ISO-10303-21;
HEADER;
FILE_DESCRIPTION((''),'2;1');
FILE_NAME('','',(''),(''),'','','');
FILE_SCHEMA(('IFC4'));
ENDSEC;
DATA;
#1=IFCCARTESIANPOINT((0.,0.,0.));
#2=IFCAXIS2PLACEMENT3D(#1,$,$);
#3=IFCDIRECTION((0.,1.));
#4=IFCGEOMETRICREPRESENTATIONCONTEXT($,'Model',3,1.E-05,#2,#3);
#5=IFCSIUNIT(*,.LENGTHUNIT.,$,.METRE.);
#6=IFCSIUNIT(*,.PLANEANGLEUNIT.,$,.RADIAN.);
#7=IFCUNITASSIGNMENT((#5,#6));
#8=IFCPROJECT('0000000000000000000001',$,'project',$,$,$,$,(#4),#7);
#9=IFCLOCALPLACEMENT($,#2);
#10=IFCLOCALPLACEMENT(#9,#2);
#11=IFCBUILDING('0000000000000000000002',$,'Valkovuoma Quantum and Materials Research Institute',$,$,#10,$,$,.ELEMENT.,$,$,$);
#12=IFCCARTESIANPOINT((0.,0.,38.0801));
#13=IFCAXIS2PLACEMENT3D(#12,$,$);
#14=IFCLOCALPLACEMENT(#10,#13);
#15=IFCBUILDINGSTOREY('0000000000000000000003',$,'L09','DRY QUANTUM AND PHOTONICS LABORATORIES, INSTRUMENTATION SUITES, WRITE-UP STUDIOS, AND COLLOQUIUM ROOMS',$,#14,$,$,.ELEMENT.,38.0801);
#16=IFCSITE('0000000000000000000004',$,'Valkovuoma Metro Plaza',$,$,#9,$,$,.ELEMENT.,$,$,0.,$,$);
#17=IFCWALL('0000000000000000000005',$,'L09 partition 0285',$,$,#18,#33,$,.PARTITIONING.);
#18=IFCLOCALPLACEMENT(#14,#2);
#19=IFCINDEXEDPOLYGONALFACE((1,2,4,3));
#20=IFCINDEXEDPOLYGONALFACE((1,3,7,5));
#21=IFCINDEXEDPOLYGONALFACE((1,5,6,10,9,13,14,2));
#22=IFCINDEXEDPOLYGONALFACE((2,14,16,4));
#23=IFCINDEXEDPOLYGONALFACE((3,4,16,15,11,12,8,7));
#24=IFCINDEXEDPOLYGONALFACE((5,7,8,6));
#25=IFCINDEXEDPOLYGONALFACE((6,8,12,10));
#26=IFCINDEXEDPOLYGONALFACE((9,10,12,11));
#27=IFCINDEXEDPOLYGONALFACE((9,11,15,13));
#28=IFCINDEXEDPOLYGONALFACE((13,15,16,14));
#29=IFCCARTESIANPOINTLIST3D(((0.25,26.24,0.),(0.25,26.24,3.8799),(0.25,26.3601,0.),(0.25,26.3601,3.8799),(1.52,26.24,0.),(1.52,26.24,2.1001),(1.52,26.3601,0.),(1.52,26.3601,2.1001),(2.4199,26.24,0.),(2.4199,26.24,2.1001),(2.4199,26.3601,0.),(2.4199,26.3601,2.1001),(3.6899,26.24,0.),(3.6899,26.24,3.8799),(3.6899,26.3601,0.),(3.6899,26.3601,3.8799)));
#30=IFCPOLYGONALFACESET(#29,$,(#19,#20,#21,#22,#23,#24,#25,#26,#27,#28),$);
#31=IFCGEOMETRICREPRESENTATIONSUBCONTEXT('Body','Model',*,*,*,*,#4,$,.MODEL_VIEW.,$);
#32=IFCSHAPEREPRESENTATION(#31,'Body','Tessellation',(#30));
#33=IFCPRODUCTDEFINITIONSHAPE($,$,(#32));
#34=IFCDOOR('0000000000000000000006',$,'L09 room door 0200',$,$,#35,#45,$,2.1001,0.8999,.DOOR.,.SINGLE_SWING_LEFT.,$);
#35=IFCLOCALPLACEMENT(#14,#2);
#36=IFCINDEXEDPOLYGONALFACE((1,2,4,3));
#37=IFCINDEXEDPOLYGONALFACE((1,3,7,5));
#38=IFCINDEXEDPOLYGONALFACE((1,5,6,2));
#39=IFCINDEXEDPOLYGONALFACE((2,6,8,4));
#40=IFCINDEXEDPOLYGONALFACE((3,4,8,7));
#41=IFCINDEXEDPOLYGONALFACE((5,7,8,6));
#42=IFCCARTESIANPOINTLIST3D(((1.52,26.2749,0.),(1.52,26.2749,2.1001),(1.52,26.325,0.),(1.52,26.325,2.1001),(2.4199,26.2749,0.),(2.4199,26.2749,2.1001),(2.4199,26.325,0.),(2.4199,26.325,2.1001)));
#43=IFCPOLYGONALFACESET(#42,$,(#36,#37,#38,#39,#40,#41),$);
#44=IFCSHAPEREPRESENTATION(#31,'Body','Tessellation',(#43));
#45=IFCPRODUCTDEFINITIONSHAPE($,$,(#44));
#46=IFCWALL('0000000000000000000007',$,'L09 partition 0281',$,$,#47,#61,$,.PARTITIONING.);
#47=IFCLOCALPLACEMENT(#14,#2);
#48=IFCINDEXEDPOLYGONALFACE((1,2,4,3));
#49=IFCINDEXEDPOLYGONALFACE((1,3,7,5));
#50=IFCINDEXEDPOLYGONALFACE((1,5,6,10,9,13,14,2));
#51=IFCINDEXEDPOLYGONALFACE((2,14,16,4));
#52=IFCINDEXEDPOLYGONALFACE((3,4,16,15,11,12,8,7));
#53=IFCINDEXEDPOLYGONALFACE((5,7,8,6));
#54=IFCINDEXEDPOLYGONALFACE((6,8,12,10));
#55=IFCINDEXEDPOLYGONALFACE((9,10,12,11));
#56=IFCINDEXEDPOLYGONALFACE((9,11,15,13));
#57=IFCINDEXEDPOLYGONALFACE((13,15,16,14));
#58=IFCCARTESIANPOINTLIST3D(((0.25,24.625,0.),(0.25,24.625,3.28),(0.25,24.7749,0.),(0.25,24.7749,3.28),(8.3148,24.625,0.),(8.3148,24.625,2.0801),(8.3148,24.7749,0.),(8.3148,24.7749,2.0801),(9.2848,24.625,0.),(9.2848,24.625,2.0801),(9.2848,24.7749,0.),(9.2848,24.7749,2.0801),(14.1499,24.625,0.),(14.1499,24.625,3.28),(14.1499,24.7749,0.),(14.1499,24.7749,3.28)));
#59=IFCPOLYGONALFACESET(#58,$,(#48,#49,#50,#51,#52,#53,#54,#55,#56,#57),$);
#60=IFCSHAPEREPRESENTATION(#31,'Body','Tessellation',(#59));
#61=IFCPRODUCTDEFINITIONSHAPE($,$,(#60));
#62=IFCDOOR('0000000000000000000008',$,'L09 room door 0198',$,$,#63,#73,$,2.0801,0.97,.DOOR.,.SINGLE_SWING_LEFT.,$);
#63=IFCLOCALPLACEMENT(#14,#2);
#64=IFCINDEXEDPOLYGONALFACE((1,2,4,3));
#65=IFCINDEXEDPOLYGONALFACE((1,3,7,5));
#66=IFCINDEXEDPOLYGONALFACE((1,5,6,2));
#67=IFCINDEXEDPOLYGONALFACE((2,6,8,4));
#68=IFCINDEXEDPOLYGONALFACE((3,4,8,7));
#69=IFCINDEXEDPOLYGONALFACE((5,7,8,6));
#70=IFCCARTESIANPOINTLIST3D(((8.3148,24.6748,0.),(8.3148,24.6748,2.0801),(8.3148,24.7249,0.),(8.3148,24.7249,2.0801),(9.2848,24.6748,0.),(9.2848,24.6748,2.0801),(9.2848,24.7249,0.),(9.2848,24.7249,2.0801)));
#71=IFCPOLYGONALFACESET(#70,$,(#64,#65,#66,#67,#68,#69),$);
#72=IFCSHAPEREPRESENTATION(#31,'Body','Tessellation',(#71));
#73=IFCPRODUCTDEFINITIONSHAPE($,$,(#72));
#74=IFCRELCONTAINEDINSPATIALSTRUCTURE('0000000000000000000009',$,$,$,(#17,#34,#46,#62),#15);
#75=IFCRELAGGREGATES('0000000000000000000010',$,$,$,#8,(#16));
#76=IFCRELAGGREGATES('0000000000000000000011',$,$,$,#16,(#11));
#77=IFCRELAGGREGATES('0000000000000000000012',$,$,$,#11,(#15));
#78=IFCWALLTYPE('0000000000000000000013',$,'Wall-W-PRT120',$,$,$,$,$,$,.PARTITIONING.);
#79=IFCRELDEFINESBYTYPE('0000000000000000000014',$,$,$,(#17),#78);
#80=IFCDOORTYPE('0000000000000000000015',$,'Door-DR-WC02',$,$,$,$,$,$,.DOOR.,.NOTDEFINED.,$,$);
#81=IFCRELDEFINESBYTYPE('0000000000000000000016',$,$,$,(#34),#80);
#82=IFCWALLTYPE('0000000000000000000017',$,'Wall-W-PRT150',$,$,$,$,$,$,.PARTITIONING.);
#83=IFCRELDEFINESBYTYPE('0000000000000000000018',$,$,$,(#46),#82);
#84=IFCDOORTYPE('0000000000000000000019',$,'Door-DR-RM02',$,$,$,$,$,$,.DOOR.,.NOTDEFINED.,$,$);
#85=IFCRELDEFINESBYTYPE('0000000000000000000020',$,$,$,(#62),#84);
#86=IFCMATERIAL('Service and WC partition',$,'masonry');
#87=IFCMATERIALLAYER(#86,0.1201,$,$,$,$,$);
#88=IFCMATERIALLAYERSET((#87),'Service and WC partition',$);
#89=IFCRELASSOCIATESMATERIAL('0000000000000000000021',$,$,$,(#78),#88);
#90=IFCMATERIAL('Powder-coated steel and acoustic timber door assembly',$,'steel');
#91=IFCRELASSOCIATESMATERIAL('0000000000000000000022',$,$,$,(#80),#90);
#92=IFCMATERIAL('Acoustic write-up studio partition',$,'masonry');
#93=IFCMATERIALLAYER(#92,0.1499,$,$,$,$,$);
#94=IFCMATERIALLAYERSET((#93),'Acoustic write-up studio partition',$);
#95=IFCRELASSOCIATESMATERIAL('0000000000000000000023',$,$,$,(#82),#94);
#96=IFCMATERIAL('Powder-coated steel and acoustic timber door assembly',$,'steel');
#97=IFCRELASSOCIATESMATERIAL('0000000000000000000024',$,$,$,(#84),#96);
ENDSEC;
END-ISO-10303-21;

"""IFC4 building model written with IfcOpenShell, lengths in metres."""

from ifc_helpers import new_model, si_unit, direction, frame, frame_2d, origin, place, context, subcontext, project, spatial, rectangle, extrude, material, layer, layer_set, type_object, element, fill, save


model = new_model("IFC4")

# Units and contexts
model_context = context("Model", 3, precision=1e-05, world=origin(), true_north=direction((0.0, 1.0)))
body_context = subcontext(model_context, "Body", "Model", "MODEL_VIEW")
ifc_project = project(units=[si_unit("LENGTHUNIT", "METRE"), si_unit("PLANEANGLEUNIT", "RADIAN")], contexts=[model_context])

# Site, building, storey
site_placement = place(None, origin())
site = spatial("IfcSite", under=ifc_project, at=site_placement, Name="Valkovuoma Metro Plaza", CompositionType="ELEMENT", RefElevation=0.0)
building_placement = place(site_placement, origin())
building = spatial("IfcBuilding", under=site, at=building_placement, Name="Valkovuoma Quantum and Materials Research Institute", CompositionType="ELEMENT")
storey_placement = place(building_placement, frame((0.0, 0.0, 38.0801)))
storey = spatial("IfcBuildingStorey", under=building, at=storey_placement, Name="L09", Description="DRY QUANTUM AND PHOTONICS LABORATORIES, INSTRUMENTATION SUITES, WRITE-UP STUDIOS, AND COLLOQUIUM ROOMS", CompositionType="ELEMENT", Elevation=38.0801)

# Walls, openings, doors
ifc_material_1 = material(Name="Service and WC partition", Category="masonry")
ifc_layer_1 = layer(ifc_material_1, 0.1201)
ifc_layer_set_1 = layer_set([ifc_layer_1], Name="Service and WC partition")
wall_type_1 = type_object("IfcWallType", Name="Wall-W-PRT120", PredefinedType="PARTITIONING", material=ifc_layer_set_1)
wall_1_placement = place(storey_placement, frame((0.25, 26.3, 0.0), z_axis=(0.0, 0.0, 1.0), x_axis=(1.0, 0.0, 0.0)))
wall_1 = element("IfcWall", 1, at=wall_1_placement, inside=storey, type_object=wall_type_1, Name="L09 partition 0285", PredefinedType="PARTITIONING", context=body_context, shape_type="SweptSolid", body=[
    extrude(rectangle(XDim=3.4399, YDim=0.1201, at=frame_2d((1.72, 0.0))), origin(), (0.0, 0.0, 1.0), 3.8799),
])
opening_1_placement = place(wall_1_placement, frame((1.27, 0.0, 0.0)))
opening_1 = element("IfcOpeningElement", 2, at=opening_1_placement, cuts=wall_1, PredefinedType="OPENING", context=body_context, shape_type="SweptSolid", body=[
    extrude(rectangle(XDim=0.8999, YDim=2.1001, at=frame_2d((0.45, 1.05))), frame((0.0, 0.0701, 0.0), z_axis=(0.0, -1.0, 0.0), x_axis=(1.0, 0.0, 0.0)), (0.0, 0.0, 1.0), 0.1401),
])
ifc_material_2 = material(Name="Powder-coated steel and acoustic timber door assembly", Category="steel")
door_type_1 = type_object("IfcDoorType", Name="Door-DR-WC02", OperationType="NOTDEFINED", PredefinedType="DOOR", material=ifc_material_2)
door_1_placement = place(opening_1_placement, origin())
door_1 = element("IfcDoor", 3, at=door_1_placement, inside=storey, type_object=door_type_1, Name="L09 room door 0200", OperationType="SINGLE_SWING_LEFT", OverallHeight=2.1001, OverallWidth=0.8999, PredefinedType="DOOR", context=body_context, shape_type="SweptSolid", body=[
    extrude(rectangle(XDim=0.8999, YDim=2.1001, at=frame_2d((0.45, 1.05))), frame((0.0, 0.0249, 0.0), z_axis=(0.0, -1.0, 0.0), x_axis=(1.0, 0.0, 0.0)), (0.0, 0.0, 1.0), 0.05),
])
fill(opening_1, door_1)
ifc_material_3 = material(Name="Acoustic write-up studio partition", Category="masonry")
ifc_layer_2 = layer(ifc_material_3, 0.1499)
ifc_layer_set_2 = layer_set([ifc_layer_2], Name="Acoustic write-up studio partition")
wall_type_2 = type_object("IfcWallType", Name="Wall-W-PRT150", PredefinedType="PARTITIONING", material=ifc_layer_set_2)
wall_2_placement = place(storey_placement, frame((0.25, 24.7, 0.0), z_axis=(0.0, 0.0, 1.0), x_axis=(1.0, 0.0, 0.0)))
wall_2 = element("IfcWall", 4, at=wall_2_placement, inside=storey, type_object=wall_type_2, Name="L09 partition 0281", PredefinedType="PARTITIONING", context=body_context, shape_type="SweptSolid", body=[
    extrude(rectangle(XDim=13.8999, YDim=0.1499, at=frame_2d((6.95, 0.0))), origin(), (0.0, 0.0, 1.0), 3.28),
])
opening_2_placement = place(wall_2_placement, frame((8.0649, 0.0, 0.0)))
opening_2 = element("IfcOpeningElement", 5, at=opening_2_placement, cuts=wall_2, PredefinedType="OPENING", context=body_context, shape_type="SweptSolid", body=[
    extrude(rectangle(XDim=0.97, YDim=2.0801, at=frame_2d((0.4849, 1.04))), frame((0.0, 0.085, 0.0), z_axis=(0.0, -1.0, 0.0), x_axis=(1.0, 0.0, 0.0)), (0.0, 0.0, 1.0), 0.1699),
])
ifc_material_4 = material(Name="Powder-coated steel and acoustic timber door assembly", Category="steel")
door_type_2 = type_object("IfcDoorType", Name="Door-DR-RM02", OperationType="NOTDEFINED", PredefinedType="DOOR", material=ifc_material_4)
door_2_placement = place(opening_2_placement, origin())
door_2 = element("IfcDoor", 6, at=door_2_placement, inside=storey, type_object=door_type_2, Name="L09 room door 0198", OperationType="SINGLE_SWING_LEFT", OverallHeight=2.0801, OverallWidth=0.97, PredefinedType="DOOR", context=body_context, shape_type="SweptSolid", body=[
    extrude(rectangle(XDim=0.97, YDim=2.0801, at=frame_2d((0.4849, 1.04))), frame((0.0, 0.0249, 0.0), z_axis=(0.0, -1.0, 0.0), x_axis=(1.0, 0.0, 0.0)), (0.0, 0.0, 1.0), 0.05),
])
fill(opening_2, door_2)

save(model, "model.ifc")
